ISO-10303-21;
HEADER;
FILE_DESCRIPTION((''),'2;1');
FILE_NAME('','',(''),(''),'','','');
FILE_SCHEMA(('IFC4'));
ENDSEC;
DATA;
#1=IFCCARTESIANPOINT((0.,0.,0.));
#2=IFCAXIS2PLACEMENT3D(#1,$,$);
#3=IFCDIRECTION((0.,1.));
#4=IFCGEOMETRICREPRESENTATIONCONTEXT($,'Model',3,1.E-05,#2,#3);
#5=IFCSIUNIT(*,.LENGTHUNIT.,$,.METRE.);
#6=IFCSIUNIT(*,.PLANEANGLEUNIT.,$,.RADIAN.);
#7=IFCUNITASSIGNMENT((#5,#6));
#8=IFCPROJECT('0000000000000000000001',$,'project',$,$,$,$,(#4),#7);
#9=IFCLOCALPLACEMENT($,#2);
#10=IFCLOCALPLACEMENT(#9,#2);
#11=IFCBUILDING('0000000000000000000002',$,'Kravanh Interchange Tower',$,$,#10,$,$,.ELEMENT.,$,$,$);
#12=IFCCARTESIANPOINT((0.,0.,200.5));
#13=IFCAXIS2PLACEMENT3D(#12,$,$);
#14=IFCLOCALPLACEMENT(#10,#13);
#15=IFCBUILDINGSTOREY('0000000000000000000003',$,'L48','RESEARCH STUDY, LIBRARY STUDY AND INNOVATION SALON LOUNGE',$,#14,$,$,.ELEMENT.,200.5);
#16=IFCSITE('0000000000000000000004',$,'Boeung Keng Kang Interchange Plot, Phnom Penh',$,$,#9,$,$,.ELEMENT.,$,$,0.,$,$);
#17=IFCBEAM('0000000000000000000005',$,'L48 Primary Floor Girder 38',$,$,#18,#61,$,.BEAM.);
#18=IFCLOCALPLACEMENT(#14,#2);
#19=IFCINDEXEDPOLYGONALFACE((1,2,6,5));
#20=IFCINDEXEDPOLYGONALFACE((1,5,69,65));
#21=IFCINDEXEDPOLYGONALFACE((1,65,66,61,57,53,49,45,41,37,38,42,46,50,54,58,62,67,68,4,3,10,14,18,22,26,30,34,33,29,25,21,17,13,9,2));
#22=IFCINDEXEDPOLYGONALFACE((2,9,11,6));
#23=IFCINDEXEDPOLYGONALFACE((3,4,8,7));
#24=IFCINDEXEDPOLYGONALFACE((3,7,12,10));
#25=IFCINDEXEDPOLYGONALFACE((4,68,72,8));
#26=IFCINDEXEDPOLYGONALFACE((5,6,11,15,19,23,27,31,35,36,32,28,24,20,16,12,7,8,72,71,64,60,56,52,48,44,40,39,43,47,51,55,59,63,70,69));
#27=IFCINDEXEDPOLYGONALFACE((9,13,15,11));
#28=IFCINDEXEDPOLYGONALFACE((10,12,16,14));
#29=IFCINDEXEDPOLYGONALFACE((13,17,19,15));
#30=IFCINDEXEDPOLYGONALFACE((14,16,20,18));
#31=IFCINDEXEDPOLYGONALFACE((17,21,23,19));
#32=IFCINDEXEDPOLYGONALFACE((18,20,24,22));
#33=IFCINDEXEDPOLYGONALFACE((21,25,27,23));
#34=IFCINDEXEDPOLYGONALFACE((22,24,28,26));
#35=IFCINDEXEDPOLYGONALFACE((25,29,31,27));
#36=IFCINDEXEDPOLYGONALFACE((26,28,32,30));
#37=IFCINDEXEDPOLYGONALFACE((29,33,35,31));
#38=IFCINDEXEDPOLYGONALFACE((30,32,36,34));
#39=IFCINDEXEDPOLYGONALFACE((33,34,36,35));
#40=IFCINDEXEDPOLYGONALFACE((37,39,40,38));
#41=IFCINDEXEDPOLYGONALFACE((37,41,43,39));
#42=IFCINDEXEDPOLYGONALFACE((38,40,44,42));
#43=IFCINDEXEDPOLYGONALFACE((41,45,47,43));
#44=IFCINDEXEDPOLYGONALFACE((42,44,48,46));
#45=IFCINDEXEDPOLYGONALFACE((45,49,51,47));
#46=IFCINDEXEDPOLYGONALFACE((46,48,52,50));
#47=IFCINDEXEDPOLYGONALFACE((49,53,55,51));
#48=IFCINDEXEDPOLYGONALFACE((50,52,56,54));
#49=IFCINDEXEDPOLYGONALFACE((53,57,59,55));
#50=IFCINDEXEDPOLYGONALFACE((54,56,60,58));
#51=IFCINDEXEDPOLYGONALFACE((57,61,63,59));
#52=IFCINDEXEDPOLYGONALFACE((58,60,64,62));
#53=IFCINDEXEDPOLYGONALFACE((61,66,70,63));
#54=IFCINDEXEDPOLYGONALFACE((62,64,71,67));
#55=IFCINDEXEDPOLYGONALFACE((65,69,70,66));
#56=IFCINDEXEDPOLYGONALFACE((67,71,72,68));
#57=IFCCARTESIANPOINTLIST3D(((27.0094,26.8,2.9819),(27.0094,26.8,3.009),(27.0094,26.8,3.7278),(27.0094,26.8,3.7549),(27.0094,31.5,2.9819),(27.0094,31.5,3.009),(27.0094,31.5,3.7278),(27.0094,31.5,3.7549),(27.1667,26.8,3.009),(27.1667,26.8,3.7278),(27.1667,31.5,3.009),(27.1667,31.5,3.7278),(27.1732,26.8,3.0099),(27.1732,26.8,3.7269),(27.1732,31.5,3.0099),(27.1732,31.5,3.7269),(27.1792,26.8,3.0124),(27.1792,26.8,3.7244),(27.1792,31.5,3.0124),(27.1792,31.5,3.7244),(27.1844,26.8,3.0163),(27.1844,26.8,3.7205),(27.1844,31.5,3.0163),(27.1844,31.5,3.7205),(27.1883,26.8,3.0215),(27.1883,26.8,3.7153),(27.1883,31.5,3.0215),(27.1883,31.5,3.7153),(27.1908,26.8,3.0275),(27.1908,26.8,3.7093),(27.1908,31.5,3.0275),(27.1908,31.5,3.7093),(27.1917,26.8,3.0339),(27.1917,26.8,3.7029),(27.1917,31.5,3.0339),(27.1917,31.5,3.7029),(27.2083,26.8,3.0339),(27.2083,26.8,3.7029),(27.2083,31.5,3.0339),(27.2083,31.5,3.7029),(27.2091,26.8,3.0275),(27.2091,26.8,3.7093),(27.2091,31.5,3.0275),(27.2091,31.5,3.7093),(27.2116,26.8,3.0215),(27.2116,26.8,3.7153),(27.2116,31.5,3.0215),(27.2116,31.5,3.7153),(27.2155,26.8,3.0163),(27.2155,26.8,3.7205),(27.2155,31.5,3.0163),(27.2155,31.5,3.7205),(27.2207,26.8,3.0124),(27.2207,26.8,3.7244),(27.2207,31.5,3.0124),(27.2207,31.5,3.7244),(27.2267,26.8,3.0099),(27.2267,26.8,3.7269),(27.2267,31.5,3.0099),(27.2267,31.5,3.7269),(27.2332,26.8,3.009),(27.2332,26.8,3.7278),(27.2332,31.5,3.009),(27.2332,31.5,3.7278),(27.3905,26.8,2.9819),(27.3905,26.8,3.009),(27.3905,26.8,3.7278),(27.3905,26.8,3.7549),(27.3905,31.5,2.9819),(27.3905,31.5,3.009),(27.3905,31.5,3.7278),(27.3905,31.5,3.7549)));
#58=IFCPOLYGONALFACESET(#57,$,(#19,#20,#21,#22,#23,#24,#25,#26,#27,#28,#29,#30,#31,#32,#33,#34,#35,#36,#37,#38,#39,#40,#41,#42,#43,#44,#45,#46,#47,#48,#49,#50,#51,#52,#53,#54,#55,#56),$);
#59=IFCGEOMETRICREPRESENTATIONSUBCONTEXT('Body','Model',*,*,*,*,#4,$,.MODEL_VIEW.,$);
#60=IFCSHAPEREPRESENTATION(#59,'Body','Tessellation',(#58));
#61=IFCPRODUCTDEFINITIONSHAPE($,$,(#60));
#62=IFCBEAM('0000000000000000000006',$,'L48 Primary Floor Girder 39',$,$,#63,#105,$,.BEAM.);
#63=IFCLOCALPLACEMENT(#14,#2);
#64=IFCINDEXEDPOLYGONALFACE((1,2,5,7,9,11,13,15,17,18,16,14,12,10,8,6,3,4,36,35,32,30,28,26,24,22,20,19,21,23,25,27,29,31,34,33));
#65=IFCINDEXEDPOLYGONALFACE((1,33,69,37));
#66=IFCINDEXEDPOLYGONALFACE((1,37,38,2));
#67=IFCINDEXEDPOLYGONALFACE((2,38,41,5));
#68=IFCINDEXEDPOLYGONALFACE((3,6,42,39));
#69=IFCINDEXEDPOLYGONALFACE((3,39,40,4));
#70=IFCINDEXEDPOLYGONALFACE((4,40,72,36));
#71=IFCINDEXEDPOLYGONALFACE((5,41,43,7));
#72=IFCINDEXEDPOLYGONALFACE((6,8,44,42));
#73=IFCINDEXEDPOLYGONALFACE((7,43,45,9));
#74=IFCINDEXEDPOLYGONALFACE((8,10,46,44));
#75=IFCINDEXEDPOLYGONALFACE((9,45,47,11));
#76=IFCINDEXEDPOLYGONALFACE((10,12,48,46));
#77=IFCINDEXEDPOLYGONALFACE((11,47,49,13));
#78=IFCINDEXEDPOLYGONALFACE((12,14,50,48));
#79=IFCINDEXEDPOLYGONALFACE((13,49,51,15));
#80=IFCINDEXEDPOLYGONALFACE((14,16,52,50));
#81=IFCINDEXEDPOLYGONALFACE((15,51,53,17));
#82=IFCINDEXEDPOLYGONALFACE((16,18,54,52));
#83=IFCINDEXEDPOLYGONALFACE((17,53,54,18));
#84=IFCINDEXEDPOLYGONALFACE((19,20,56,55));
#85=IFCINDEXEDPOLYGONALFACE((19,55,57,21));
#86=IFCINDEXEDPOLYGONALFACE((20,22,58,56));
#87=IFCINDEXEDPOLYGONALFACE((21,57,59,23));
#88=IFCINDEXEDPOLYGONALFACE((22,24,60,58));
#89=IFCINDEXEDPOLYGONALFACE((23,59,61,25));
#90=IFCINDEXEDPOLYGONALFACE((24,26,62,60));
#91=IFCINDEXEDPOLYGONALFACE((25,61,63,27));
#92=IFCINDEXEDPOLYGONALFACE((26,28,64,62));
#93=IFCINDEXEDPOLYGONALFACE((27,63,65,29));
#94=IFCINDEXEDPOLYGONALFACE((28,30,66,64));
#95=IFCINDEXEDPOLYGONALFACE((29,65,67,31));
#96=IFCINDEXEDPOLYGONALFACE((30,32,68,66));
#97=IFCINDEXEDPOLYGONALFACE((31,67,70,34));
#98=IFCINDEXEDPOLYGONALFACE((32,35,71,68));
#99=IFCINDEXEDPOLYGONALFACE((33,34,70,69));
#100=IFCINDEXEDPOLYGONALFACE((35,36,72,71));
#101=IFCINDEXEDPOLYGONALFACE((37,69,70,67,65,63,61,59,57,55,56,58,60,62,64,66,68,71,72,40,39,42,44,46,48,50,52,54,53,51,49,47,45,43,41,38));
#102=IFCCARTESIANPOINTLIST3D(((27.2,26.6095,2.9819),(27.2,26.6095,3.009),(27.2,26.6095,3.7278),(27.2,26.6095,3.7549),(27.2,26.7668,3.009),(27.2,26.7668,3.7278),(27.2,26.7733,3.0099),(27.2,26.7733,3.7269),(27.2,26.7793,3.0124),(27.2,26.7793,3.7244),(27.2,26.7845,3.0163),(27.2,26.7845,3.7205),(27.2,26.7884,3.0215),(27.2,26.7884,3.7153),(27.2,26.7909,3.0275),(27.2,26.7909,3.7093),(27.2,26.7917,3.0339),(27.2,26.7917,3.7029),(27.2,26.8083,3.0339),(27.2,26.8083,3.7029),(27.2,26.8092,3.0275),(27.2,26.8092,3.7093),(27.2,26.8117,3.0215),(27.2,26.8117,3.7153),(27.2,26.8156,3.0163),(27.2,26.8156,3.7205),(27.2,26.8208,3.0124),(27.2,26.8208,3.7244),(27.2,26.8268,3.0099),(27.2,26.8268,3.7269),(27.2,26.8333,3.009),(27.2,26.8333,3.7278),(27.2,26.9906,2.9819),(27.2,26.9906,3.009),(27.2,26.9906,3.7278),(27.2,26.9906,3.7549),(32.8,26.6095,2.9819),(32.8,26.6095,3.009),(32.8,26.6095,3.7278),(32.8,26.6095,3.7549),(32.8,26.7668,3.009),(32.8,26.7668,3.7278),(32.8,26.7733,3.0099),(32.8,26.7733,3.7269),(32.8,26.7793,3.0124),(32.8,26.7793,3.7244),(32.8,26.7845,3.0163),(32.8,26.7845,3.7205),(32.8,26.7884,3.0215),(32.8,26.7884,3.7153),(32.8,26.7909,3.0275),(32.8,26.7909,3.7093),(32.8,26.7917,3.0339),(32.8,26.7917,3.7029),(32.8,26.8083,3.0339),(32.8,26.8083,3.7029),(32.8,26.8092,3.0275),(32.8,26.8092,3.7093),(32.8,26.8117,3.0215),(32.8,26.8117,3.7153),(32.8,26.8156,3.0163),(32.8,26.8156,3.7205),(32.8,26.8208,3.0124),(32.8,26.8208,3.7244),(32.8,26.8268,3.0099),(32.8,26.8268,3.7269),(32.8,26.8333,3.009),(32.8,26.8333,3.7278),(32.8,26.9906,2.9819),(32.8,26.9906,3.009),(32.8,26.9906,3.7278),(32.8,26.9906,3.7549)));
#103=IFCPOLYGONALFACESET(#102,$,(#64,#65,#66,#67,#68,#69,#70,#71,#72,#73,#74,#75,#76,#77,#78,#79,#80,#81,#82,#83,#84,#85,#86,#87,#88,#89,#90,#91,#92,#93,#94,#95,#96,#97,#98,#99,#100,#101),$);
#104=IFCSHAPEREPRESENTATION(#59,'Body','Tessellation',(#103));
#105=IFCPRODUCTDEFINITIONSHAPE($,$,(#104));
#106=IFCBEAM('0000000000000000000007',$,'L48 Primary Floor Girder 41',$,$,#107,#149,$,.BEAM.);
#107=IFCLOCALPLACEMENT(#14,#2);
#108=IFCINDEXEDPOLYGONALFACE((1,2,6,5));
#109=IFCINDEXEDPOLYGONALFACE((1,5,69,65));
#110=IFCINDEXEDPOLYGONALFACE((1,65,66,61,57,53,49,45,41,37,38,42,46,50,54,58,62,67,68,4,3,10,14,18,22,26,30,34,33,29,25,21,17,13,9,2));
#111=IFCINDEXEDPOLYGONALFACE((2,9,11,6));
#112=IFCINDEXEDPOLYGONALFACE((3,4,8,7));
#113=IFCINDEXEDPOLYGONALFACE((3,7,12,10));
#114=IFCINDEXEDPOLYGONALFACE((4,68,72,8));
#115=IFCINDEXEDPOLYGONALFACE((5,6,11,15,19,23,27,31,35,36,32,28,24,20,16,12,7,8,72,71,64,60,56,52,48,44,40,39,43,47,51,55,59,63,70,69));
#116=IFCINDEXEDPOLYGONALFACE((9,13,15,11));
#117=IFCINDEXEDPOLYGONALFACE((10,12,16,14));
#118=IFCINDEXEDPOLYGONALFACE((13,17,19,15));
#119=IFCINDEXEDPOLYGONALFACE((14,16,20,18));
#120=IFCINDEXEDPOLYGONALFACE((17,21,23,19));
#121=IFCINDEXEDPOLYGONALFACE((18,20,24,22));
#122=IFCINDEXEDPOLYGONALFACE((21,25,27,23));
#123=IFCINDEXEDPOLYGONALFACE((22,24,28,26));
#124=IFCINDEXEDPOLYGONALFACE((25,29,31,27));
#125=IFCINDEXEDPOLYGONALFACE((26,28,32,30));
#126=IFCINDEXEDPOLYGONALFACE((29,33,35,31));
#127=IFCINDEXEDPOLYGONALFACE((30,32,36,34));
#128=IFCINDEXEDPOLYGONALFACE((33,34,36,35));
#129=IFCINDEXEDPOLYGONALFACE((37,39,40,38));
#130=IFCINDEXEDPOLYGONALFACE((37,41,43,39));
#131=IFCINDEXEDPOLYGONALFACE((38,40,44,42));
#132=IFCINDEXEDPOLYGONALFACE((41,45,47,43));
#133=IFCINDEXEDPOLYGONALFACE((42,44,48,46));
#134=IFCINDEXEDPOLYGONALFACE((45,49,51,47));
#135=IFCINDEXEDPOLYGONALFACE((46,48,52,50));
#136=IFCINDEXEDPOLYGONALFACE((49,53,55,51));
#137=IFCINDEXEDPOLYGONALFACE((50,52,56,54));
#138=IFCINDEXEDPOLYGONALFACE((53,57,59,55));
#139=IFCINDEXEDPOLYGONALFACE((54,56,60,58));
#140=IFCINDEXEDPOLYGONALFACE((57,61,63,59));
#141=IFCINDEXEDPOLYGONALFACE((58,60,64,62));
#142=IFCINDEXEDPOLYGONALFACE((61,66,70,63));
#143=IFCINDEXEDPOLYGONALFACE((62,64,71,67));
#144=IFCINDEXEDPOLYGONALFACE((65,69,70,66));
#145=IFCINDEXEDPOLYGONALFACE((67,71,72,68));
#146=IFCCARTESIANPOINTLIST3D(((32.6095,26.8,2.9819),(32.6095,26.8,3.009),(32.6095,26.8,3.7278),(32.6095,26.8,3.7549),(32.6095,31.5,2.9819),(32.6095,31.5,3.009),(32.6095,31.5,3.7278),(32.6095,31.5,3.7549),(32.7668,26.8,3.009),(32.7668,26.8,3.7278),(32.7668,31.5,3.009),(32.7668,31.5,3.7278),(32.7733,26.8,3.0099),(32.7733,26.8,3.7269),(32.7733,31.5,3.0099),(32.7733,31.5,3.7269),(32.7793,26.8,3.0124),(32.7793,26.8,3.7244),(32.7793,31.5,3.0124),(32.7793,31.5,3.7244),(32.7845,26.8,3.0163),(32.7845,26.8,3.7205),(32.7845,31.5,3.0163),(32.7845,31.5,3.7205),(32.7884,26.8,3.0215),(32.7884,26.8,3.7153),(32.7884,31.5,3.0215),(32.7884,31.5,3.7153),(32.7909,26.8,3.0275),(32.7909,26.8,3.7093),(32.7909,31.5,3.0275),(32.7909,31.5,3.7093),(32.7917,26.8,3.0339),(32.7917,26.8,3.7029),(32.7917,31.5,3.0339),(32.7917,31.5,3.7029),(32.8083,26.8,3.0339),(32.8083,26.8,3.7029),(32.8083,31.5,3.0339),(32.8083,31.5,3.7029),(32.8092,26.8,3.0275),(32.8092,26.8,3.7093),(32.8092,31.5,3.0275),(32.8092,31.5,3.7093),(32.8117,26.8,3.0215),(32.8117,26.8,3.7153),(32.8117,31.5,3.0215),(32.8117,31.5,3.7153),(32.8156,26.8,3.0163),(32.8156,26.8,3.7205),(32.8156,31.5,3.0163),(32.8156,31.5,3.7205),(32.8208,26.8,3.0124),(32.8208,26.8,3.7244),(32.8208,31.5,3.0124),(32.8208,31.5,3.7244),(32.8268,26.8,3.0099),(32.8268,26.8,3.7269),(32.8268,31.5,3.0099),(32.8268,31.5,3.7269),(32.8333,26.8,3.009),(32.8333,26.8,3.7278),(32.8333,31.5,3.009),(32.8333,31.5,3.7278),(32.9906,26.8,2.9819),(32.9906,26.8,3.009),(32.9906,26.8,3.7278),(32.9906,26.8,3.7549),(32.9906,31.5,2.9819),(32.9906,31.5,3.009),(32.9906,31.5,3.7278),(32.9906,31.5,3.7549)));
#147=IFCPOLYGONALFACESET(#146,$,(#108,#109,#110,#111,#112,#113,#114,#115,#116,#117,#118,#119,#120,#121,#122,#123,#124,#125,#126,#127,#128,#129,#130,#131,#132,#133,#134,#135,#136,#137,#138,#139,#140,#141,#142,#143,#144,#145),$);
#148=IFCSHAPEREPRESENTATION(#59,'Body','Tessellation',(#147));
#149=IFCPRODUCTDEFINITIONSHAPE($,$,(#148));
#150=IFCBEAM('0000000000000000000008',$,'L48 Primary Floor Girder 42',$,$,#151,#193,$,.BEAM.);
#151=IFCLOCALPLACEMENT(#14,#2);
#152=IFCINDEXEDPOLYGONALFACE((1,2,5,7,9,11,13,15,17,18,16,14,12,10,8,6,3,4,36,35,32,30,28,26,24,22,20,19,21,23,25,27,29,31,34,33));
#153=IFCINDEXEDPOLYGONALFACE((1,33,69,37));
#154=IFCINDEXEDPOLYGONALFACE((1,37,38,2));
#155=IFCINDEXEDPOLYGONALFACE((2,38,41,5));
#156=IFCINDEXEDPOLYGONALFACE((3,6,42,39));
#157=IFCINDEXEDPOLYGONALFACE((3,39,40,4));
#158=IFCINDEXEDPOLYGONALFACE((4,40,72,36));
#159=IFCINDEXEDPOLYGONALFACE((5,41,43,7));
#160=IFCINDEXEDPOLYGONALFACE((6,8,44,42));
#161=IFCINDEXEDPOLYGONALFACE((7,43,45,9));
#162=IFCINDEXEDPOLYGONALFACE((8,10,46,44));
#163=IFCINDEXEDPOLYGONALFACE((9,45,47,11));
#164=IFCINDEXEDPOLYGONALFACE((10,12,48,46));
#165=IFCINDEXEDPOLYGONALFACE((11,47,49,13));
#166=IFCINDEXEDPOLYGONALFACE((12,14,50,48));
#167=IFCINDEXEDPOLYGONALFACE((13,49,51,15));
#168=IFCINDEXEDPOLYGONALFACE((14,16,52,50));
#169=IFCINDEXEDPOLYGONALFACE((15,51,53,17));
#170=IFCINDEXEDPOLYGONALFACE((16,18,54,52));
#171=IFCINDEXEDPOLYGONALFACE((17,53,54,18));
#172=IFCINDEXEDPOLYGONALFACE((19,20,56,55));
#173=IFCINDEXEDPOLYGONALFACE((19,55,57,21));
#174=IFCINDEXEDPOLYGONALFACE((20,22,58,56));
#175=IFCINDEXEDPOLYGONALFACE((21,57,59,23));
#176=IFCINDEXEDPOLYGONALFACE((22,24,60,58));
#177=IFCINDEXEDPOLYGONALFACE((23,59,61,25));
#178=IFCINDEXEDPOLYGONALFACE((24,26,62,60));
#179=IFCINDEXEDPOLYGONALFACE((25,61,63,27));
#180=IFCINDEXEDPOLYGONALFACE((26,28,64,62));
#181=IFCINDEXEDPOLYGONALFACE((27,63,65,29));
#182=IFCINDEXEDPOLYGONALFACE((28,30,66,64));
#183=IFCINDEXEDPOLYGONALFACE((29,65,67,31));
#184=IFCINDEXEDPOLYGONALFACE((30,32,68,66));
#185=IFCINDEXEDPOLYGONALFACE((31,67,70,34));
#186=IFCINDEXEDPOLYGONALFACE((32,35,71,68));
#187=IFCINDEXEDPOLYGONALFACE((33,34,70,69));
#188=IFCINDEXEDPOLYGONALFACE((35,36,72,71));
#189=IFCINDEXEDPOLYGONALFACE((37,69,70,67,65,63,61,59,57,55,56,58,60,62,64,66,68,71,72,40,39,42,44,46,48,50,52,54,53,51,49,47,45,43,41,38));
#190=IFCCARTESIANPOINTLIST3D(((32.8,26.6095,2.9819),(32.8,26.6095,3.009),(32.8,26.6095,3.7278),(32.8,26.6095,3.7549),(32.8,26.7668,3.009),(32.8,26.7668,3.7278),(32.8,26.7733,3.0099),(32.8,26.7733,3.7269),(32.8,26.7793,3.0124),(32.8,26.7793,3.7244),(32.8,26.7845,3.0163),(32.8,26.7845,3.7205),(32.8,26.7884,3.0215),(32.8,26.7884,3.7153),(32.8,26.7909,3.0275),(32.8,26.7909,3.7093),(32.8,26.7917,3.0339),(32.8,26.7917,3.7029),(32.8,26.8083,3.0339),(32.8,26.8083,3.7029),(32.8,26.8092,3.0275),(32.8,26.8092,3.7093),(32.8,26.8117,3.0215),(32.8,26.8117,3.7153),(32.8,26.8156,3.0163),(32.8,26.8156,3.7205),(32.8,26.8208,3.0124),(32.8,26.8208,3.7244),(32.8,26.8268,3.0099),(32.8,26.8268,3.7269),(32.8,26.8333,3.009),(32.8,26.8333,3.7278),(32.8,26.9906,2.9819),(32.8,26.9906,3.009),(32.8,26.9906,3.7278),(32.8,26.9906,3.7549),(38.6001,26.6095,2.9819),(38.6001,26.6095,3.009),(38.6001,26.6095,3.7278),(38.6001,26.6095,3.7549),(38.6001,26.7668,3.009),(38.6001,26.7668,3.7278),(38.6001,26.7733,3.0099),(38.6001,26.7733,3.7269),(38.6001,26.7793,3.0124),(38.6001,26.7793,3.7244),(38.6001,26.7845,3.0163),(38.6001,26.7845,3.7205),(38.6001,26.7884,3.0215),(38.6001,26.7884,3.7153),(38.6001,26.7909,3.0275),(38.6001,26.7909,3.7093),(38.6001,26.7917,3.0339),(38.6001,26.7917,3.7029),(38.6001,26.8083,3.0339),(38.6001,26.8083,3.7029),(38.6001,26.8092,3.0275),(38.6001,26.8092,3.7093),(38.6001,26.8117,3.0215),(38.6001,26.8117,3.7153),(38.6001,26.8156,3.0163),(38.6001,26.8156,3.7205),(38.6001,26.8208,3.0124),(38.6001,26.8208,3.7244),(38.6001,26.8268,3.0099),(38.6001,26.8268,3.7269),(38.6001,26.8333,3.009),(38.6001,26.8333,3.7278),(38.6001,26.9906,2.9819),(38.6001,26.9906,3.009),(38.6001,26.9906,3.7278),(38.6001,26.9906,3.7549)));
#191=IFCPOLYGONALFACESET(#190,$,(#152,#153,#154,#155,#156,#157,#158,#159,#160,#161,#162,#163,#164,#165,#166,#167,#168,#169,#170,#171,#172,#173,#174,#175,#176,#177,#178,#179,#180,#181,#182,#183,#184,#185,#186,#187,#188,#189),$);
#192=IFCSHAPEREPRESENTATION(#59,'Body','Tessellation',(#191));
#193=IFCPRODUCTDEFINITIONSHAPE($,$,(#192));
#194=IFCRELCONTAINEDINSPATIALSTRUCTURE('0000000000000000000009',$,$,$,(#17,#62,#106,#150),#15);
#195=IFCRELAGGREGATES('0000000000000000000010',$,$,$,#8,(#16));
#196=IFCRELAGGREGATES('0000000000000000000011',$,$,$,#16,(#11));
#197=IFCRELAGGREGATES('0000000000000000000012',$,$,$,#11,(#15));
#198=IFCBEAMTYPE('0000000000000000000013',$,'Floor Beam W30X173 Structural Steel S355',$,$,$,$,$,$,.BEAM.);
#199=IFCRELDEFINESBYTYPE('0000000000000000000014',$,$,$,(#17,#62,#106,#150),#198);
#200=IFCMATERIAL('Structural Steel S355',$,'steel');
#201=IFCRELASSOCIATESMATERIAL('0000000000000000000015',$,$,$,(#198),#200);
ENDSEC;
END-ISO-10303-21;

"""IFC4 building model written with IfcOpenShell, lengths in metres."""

from ifc_helpers import new_model, si_unit, direction, frame, origin, origin_2d, place, context, subcontext, project, spatial, i_section, extrude, material, material_profile, profile_set, type_object, element, save


model = new_model("IFC4")

# Units and contexts
model_context = context("Model", 3, precision=1e-05, world=origin(), true_north=direction((0.0, 1.0)))
body_context = subcontext(model_context, "Body", "Model", "MODEL_VIEW")
ifc_project = project(units=[si_unit("LENGTHUNIT", "METRE"), si_unit("PLANEANGLEUNIT", "RADIAN")], contexts=[model_context])

# Site, building, storey
site_placement = place(None, origin())
site = spatial("IfcSite", under=ifc_project, at=site_placement, Name="Boeung Keng Kang Interchange Plot, Phnom Penh", CompositionType="ELEMENT", RefElevation=0.0)
building_placement = place(site_placement, origin())
building = spatial("IfcBuilding", under=site, at=building_placement, Name="Kravanh Interchange Tower", CompositionType="ELEMENT")
storey_placement = place(building_placement, frame((0.0, 0.0, 200.5)))
storey = spatial("IfcBuildingStorey", under=building, at=storey_placement, Name="L48", Description="RESEARCH STUDY, LIBRARY STUDY AND INNOVATION SALON LOUNGE", CompositionType="ELEMENT", Elevation=200.5)

# Beams
ifc_material_1 = material(Name="Structural Steel S355", Category="steel")
ifc_material_profile_1 = material_profile(ifc_material_1, i_section(OverallWidth=0.3811, OverallDepth=0.7729, WebThickness=0.0166, FlangeThickness=0.0271, FilletRadius=0.0249, at=origin_2d()), Name="W30X173")
ifc_profile_set_1 = profile_set([ifc_material_profile_1], Name="Structural Steel S355")
beam_type_1 = type_object("IfcBeamType", Name="Floor Beam W30X173 Structural Steel S355", PredefinedType="BEAM", material=ifc_profile_set_1)
beam_1_placement = place(storey_placement, frame((27.2, 26.8, 3.3684), z_axis=(0.0, 1.0, 0.0), x_axis=(-1.0, 0.0, 0.0)))
element("IfcBeam", 1, at=beam_1_placement, inside=storey, type_object=beam_type_1, Name="L48 Primary Floor Girder 38", PredefinedType="BEAM", context=body_context, shape_type="SweptSolid", body=[
    extrude(i_section(OverallWidth=0.3811, OverallDepth=0.7729, WebThickness=0.0166, FlangeThickness=0.0271, FilletRadius=0.0249, at=origin_2d()), origin(), (0.0, 0.0, 1.0), 4.7),
])
beam_2_placement = place(storey_placement, frame((27.2, 26.8, 3.3684), z_axis=(1.0, 0.0, 0.0), x_axis=(0.0, 1.0, 0.0)))
element("IfcBeam", 2, at=beam_2_placement, inside=storey, type_object=beam_type_1, Name="L48 Primary Floor Girder 39", PredefinedType="BEAM", context=body_context, shape_type="SweptSolid", body=[
    extrude(i_section(OverallWidth=0.3811, OverallDepth=0.7729, WebThickness=0.0166, FlangeThickness=0.0271, FilletRadius=0.0249, at=origin_2d()), origin(), (0.0, 0.0, 1.0), 5.6001),
])
beam_3_placement = place(storey_placement, frame((32.8, 26.8, 3.3684), z_axis=(0.0, 1.0, 0.0), x_axis=(-1.0, 0.0, 0.0)))
element("IfcBeam", 3, at=beam_3_placement, inside=storey, type_object=beam_type_1, Name="L48 Primary Floor Girder 41", PredefinedType="BEAM", context=body_context, shape_type="SweptSolid", body=[
    extrude(i_section(OverallWidth=0.3811, OverallDepth=0.7729, WebThickness=0.0166, FlangeThickness=0.0271, FilletRadius=0.0249, at=origin_2d()), origin(), (0.0, 0.0, 1.0), 4.7),
])
beam_4_placement = place(storey_placement, frame((32.8, 26.8, 3.3684), z_axis=(1.0, 0.0, 0.0), x_axis=(0.0, 1.0, 0.0)))
element("IfcBeam", 4, at=beam_4_placement, inside=storey, type_object=beam_type_1, Name="L48 Primary Floor Girder 42", PredefinedType="BEAM", context=body_context, shape_type="SweptSolid", body=[
    extrude(i_section(OverallWidth=0.3811, OverallDepth=0.7729, WebThickness=0.0166, FlangeThickness=0.0271, FilletRadius=0.0249, at=origin_2d()), origin(), (0.0, 0.0, 1.0), 5.8),
])

save(model, "model.ifc")
